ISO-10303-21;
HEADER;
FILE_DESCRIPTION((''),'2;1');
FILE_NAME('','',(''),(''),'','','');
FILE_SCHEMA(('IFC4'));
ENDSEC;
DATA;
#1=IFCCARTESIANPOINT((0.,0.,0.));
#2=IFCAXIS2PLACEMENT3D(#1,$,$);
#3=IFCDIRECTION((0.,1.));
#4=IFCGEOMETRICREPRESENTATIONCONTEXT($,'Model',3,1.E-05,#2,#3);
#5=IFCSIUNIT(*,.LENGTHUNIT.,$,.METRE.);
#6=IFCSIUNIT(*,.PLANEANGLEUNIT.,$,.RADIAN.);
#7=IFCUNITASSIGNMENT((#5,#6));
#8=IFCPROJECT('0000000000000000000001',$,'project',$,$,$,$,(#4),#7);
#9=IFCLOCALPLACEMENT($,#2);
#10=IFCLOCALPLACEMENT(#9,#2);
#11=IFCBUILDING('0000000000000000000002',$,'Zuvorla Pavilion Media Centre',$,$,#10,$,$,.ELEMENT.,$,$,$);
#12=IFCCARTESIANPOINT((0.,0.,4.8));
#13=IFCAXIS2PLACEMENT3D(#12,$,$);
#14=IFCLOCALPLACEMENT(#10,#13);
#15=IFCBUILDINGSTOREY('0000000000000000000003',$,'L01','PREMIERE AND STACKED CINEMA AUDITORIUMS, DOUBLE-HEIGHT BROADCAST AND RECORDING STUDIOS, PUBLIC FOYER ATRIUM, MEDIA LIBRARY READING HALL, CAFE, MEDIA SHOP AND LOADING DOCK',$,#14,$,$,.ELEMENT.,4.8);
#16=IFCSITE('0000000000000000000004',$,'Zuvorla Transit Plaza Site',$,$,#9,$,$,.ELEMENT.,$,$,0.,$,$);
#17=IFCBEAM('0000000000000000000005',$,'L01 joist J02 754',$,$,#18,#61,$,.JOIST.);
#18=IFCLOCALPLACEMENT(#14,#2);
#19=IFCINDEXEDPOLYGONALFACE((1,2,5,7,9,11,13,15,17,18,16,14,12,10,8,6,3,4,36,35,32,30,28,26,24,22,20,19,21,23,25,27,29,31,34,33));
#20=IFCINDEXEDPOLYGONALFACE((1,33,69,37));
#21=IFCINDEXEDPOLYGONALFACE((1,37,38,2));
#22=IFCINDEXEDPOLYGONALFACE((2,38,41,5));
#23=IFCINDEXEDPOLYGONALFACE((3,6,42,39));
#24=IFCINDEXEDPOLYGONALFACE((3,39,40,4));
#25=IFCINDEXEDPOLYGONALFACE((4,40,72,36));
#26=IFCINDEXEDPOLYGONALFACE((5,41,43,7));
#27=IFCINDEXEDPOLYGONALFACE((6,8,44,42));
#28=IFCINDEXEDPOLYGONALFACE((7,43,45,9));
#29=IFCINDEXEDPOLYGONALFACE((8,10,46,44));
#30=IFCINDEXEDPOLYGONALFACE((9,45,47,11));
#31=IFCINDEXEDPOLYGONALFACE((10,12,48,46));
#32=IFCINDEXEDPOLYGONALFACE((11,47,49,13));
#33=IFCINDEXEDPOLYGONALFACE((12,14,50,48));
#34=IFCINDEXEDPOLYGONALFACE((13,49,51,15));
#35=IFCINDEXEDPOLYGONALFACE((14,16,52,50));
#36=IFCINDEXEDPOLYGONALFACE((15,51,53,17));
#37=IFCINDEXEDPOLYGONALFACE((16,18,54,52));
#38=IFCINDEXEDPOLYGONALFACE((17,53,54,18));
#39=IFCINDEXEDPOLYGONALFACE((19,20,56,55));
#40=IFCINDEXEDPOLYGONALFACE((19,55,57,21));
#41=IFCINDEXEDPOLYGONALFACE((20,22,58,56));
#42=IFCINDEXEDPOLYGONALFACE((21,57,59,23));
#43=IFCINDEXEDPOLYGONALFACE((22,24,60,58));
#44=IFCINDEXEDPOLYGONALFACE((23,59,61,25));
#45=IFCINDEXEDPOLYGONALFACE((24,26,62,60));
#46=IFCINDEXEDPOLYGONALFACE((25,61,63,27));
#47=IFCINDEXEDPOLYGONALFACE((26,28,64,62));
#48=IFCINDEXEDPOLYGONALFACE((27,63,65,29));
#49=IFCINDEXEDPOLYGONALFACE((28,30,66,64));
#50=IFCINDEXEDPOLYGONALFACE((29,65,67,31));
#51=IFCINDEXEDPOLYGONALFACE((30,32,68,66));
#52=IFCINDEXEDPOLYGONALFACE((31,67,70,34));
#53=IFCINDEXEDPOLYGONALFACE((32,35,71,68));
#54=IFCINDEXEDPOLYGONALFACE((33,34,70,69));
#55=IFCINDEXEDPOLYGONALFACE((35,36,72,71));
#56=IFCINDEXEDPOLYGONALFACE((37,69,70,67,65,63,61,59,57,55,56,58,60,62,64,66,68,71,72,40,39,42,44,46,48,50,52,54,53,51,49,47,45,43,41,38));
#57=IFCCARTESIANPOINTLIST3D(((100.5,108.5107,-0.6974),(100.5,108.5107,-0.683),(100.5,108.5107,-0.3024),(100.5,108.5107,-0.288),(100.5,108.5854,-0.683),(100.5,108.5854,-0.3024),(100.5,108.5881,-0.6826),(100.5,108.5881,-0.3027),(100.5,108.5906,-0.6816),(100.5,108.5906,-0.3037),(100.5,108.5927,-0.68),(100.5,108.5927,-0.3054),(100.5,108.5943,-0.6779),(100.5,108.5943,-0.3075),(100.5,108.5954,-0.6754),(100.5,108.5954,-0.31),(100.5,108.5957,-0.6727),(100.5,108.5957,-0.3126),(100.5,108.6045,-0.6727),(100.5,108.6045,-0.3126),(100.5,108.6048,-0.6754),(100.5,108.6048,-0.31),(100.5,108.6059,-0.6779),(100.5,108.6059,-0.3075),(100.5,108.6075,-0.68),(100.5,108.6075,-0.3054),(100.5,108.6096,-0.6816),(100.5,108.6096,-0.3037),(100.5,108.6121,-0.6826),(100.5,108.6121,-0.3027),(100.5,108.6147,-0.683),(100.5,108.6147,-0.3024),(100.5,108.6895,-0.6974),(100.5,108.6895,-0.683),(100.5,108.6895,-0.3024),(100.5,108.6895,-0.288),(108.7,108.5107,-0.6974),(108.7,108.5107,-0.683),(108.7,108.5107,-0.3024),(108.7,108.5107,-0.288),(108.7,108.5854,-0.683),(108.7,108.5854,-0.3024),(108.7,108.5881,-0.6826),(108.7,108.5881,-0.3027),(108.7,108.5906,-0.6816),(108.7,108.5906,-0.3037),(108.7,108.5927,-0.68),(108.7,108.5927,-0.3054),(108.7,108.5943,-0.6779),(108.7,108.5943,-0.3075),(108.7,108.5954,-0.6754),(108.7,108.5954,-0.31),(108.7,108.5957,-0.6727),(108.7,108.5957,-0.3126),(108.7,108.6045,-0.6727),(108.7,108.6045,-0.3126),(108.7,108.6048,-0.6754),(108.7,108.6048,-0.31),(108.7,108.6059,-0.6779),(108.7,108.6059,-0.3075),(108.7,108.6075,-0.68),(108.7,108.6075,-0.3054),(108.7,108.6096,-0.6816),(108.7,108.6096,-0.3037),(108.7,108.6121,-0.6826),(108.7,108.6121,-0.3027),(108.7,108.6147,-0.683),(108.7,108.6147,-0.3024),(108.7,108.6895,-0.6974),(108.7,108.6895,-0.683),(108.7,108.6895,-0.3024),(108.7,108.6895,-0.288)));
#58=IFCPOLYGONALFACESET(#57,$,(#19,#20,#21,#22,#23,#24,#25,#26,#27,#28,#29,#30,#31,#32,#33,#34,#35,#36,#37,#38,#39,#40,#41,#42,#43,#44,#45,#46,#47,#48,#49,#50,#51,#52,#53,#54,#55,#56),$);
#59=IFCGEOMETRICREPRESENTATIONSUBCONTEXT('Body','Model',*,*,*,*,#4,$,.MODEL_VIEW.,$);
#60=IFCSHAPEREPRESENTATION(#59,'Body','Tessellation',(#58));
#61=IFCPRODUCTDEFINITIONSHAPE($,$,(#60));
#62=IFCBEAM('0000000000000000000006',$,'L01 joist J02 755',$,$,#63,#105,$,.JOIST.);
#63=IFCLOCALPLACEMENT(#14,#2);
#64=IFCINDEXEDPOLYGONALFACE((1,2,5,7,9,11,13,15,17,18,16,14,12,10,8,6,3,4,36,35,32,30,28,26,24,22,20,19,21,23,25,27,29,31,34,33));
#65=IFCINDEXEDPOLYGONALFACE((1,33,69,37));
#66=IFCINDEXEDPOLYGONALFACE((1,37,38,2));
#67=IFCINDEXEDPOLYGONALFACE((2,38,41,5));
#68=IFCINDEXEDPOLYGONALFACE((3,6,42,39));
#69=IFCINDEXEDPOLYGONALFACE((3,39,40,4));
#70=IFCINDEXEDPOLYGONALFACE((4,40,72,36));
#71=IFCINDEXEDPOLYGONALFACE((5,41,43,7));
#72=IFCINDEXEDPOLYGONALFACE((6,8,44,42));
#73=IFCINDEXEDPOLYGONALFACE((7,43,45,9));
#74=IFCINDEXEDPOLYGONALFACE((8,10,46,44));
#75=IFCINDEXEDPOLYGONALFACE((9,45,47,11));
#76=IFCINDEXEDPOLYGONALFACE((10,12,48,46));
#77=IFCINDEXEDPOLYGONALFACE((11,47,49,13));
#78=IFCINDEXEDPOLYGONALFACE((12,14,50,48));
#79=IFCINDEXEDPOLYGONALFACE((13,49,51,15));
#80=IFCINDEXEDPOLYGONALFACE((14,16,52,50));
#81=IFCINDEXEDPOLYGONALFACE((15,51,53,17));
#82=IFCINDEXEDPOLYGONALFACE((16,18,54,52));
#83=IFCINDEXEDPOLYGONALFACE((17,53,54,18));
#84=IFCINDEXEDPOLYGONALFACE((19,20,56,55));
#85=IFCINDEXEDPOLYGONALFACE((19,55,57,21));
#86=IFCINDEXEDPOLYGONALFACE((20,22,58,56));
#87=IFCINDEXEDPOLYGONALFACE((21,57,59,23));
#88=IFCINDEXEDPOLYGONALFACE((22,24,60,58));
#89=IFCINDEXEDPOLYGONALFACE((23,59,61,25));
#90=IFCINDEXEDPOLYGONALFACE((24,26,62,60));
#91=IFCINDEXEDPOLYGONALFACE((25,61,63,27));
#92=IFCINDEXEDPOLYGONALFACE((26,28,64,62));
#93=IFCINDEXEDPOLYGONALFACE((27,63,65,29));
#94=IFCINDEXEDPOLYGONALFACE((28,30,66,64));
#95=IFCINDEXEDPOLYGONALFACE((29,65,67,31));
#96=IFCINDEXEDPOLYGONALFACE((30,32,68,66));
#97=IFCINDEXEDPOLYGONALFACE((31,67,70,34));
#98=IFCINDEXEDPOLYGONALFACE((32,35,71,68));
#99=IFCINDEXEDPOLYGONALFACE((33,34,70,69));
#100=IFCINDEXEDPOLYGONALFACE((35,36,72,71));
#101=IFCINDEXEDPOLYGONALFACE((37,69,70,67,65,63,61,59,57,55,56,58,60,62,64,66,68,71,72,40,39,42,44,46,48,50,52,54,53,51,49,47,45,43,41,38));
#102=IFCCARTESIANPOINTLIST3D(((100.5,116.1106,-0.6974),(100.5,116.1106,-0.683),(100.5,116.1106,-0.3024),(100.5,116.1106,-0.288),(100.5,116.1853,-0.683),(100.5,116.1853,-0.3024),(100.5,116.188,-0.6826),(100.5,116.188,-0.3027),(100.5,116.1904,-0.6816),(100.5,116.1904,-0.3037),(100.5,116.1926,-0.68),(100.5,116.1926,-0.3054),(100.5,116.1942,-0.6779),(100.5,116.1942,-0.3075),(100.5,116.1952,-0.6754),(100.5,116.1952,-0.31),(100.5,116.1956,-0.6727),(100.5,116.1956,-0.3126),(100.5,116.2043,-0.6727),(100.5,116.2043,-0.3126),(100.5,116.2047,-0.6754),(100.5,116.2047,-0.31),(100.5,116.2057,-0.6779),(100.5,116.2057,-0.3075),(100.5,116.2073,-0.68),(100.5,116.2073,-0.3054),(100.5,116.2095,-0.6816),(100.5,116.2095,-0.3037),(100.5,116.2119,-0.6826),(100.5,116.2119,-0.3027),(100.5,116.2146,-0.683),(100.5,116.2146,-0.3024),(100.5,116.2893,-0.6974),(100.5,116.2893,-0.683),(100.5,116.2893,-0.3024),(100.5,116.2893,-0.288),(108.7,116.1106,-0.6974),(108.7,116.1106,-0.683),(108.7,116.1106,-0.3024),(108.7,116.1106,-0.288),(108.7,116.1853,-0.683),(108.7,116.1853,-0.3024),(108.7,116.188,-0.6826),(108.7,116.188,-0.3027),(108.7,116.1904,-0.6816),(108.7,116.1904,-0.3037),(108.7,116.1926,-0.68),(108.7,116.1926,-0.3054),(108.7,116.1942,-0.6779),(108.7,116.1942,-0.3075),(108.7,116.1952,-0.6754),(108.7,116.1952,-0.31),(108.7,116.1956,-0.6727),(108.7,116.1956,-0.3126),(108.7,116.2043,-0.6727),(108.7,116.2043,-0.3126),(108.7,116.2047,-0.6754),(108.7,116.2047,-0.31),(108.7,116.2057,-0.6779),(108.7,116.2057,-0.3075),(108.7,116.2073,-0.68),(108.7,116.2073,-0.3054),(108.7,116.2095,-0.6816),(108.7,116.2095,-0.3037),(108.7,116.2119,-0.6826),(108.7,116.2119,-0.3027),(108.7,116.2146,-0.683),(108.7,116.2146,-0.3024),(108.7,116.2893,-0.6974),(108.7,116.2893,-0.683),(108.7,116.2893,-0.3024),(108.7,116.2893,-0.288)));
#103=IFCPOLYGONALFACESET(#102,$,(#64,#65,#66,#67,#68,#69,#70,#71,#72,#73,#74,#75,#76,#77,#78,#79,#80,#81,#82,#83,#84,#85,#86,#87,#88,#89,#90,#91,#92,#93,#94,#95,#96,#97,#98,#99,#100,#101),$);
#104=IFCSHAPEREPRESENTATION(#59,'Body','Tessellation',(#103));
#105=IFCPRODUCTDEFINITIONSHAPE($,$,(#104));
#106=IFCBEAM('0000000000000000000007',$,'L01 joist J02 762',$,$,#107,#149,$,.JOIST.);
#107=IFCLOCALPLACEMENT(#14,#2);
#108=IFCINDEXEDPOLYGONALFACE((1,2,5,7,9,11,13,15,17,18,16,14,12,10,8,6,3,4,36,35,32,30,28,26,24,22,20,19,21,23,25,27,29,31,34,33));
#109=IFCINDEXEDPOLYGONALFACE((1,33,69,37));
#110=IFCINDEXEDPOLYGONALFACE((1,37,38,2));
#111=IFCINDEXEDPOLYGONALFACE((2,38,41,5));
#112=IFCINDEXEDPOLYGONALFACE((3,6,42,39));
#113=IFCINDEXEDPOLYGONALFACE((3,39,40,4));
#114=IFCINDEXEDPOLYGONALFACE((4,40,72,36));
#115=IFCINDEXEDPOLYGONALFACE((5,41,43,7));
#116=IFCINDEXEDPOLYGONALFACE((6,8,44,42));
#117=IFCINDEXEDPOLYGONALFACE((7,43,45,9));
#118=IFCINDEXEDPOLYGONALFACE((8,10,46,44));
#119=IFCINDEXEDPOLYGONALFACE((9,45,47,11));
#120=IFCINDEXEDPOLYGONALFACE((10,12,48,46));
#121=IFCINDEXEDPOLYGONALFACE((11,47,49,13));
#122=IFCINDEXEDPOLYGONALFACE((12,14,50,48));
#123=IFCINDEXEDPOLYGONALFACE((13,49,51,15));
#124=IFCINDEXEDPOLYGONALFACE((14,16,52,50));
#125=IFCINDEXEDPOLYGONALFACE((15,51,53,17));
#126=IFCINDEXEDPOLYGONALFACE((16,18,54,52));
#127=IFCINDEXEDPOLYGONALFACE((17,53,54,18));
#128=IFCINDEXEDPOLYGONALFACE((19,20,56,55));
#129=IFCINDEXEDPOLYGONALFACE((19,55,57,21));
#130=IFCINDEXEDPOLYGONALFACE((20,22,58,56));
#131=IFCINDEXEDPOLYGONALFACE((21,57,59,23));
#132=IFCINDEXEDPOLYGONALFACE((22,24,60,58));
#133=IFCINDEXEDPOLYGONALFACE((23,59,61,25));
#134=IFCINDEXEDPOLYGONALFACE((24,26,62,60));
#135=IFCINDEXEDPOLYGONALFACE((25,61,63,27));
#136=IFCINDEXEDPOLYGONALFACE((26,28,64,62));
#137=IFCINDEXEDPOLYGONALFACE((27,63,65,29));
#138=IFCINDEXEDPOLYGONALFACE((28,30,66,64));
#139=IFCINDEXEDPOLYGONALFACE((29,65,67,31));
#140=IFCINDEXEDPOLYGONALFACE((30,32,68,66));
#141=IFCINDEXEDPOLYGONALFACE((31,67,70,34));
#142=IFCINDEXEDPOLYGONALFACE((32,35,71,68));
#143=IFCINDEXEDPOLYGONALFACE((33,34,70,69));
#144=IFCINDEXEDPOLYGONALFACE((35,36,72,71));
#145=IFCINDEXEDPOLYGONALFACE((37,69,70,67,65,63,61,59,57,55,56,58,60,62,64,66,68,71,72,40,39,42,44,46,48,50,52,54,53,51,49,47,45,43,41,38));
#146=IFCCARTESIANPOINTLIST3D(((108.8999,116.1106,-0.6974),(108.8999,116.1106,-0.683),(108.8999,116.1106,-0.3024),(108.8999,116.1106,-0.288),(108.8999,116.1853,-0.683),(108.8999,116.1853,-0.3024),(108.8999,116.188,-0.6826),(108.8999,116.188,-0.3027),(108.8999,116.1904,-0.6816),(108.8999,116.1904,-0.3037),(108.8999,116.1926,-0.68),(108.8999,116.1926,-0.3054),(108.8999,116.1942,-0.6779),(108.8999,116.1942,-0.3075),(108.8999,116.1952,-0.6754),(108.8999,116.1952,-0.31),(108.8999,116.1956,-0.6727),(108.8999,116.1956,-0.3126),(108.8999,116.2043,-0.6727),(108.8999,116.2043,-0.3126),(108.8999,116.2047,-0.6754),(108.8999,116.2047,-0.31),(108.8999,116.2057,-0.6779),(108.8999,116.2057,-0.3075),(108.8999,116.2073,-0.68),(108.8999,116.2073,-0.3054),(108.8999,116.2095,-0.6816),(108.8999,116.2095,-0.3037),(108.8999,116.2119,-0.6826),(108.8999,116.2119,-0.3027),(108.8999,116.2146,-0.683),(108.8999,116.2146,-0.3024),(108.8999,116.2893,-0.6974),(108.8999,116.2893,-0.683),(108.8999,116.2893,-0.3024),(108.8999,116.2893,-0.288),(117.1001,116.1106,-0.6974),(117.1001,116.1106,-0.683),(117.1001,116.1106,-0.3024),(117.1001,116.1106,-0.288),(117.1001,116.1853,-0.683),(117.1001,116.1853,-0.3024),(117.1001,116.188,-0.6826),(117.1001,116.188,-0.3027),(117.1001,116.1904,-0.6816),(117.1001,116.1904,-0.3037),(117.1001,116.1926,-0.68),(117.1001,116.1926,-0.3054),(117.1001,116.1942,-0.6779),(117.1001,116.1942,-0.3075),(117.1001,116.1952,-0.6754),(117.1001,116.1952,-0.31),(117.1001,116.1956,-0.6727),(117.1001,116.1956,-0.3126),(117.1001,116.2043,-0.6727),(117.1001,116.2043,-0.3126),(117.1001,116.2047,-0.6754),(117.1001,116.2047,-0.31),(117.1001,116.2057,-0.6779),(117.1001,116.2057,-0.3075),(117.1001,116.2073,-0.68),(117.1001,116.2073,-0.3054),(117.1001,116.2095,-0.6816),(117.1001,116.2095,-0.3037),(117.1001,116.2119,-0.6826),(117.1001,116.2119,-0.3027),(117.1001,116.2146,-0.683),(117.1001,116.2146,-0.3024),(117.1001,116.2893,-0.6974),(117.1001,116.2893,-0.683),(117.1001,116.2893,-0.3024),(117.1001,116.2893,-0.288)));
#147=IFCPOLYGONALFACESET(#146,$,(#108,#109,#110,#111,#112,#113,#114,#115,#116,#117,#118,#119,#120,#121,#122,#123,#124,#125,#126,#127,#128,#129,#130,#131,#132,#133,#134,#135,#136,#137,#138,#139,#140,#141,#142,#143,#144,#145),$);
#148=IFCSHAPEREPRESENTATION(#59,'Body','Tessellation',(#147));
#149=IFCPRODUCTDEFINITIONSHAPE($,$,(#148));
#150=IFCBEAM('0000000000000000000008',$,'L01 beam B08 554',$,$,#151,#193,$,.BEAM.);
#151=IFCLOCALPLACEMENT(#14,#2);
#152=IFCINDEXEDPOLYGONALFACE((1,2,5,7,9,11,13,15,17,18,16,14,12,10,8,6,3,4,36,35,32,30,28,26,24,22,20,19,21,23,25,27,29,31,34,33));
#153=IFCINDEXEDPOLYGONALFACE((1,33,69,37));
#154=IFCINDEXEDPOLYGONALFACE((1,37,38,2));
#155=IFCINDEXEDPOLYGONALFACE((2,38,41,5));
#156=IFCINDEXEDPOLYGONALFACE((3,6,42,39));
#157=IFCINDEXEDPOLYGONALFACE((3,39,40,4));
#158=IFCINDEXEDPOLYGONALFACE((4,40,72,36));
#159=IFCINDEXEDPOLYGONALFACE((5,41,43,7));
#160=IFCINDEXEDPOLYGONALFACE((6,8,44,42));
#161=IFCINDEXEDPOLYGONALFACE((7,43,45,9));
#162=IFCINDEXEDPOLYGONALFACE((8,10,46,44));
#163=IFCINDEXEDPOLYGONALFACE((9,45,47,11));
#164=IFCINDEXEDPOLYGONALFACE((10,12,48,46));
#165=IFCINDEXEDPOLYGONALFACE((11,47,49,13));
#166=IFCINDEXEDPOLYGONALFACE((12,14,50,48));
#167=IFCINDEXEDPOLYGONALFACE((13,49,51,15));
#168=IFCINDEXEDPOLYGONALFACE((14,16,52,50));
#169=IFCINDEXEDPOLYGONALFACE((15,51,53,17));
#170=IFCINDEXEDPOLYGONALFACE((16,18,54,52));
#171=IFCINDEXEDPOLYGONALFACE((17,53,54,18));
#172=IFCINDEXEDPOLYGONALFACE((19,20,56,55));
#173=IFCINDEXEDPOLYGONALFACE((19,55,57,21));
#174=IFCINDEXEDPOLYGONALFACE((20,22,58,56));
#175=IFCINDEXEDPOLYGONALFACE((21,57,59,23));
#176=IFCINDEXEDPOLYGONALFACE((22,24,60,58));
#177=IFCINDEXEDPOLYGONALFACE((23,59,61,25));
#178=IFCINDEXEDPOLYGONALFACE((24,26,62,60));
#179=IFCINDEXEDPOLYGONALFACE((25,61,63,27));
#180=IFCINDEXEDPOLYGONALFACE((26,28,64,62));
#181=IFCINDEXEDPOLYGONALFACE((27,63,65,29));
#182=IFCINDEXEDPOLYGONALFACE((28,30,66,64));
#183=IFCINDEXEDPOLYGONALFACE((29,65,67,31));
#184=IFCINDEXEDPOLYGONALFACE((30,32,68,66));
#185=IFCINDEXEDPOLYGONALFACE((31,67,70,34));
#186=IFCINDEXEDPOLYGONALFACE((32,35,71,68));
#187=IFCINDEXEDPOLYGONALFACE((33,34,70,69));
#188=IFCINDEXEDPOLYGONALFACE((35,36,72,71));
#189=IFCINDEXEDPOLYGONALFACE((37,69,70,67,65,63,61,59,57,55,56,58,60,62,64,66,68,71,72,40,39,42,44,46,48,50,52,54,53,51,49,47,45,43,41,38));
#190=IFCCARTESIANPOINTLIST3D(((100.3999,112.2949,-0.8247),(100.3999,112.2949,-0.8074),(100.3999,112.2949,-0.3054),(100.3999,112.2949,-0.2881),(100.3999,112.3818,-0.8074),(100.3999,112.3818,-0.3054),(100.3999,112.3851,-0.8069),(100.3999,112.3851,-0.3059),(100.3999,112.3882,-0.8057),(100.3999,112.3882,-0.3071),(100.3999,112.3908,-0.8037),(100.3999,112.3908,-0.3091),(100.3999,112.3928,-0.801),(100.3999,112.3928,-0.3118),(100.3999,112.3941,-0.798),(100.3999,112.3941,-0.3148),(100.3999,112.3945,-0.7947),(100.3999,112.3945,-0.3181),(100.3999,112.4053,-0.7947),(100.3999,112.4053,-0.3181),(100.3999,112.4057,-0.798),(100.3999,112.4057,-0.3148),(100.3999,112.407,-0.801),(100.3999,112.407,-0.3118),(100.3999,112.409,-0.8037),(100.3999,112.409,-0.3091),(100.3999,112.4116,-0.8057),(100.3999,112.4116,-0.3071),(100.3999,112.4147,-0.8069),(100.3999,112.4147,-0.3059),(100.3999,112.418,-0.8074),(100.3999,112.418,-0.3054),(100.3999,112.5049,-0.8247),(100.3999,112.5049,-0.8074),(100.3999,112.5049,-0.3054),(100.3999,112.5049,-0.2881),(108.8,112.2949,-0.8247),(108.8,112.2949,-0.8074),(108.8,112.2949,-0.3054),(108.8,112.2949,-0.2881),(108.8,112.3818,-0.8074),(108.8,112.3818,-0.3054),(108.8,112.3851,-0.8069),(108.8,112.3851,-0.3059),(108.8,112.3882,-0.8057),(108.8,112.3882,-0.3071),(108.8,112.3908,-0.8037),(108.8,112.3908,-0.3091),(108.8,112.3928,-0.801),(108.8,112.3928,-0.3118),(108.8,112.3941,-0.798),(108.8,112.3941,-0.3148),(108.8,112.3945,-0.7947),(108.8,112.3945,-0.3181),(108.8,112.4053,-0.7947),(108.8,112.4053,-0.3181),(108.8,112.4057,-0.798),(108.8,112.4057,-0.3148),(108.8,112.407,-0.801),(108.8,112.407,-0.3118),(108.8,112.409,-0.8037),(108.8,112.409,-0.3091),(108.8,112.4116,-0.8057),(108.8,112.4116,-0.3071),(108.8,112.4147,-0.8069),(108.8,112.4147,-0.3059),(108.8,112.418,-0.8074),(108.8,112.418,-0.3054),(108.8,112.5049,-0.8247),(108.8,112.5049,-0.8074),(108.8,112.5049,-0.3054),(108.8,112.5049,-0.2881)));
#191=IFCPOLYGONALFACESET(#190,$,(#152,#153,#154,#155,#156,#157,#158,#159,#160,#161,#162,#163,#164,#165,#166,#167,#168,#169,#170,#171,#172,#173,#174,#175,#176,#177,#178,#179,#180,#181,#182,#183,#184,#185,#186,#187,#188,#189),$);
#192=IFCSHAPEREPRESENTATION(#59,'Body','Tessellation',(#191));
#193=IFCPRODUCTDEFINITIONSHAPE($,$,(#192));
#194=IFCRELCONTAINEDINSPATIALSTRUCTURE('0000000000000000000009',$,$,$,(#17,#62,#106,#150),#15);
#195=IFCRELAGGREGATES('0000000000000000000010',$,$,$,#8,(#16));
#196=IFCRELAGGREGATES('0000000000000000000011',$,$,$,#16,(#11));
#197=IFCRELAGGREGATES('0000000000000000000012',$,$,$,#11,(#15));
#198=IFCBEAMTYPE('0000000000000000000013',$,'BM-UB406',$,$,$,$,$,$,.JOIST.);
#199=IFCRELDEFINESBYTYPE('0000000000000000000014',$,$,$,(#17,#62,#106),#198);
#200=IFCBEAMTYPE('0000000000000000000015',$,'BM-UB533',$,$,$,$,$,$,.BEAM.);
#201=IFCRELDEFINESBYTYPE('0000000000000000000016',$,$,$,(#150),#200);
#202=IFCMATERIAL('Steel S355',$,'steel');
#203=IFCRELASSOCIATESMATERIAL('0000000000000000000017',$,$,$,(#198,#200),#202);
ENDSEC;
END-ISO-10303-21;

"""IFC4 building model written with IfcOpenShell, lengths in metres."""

from ifc_helpers import new_model, si_unit, direction, frame, origin, origin_2d, place, context, subcontext, project, spatial, i_section, extrude, material, material_profile, profile_set, type_object, element, save


model = new_model("IFC4")

# Units and contexts
model_context = context("Model", 3, precision=1e-05, world=origin(), true_north=direction((0.0, 1.0)))
body_context = subcontext(model_context, "Body", "Model", "MODEL_VIEW")
ifc_project = project(units=[si_unit("LENGTHUNIT", "METRE"), si_unit("PLANEANGLEUNIT", "RADIAN")], contexts=[model_context])

# Site, building, storey
site_placement = place(None, origin())
site = spatial("IfcSite", under=ifc_project, at=site_placement, Name="Zuvorla Transit Plaza Site", CompositionType="ELEMENT", RefElevation=0.0)
building_placement = place(site_placement, origin())
building = spatial("IfcBuilding", under=site, at=building_placement, Name="Zuvorla Pavilion Media Centre", CompositionType="ELEMENT")
storey_placement = place(building_placement, frame((0.0, 0.0, 4.8)))
storey = spatial("IfcBuildingStorey", under=building, at=storey_placement, Name="L01", Description="PREMIERE AND STACKED CINEMA AUDITORIUMS, DOUBLE-HEIGHT BROADCAST AND RECORDING STUDIOS, PUBLIC FOYER ATRIUM, MEDIA LIBRARY READING HALL, CAFE, MEDIA SHOP AND LOADING DOCK", CompositionType="ELEMENT", Elevation=4.8)

# Beams
ifc_material_1 = material(Name="Steel S355", Category="steel")
ifc_material_profile_1 = material_profile(ifc_material_1, i_section(OverallWidth=0.1787, OverallDepth=0.4094, WebThickness=0.0088, FlangeThickness=0.0144, FilletRadius=0.0103, at=origin_2d()), Name="UB 406x178x67")
ifc_profile_set_1 = profile_set([ifc_material_profile_1], Name="Steel S355")
beam_type_1 = type_object("IfcBeamType", Name="BM-UB406", PredefinedType="JOIST", material=ifc_profile_set_1)
for number, where, z_axis, x_axis, name in (
    (1, (100.5, 108.6001, -0.4927), (1.0, 0.0, 0.0), (0.0, 1.0, 0.0), "L01 joist J02 754"),
    (2, (100.5, 116.2, -0.4927), (1.0, 0.0, 0.0), (0.0, 1.0, 0.0), "L01 joist J02 755"),
):
    element("IfcBeam", number, at=place(storey_placement, frame(where, z_axis=z_axis, x_axis=x_axis)), inside=storey, type_object=beam_type_1, Name=name, PredefinedType="JOIST", context=body_context, shape_type="SweptSolid", body=[
        extrude(i_section(OverallWidth=0.1787, OverallDepth=0.4094, WebThickness=0.0088, FlangeThickness=0.0144, FilletRadius=0.0103, at=origin_2d()), origin(), (0.0, 0.0, 1.0), 8.2),
    ])
beam_1_placement = place(storey_placement, frame((108.8999, 116.2, -0.4927), z_axis=(1.0, 0.0, 0.0), x_axis=(0.0, 1.0, 0.0)))
element("IfcBeam", 3, at=beam_1_placement, inside=storey, type_object=beam_type_1, Name="L01 joist J02 762", PredefinedType="JOIST", context=body_context, shape_type="SweptSolid", body=[
    extrude(i_section(OverallWidth=0.1787, OverallDepth=0.4094, WebThickness=0.0088, FlangeThickness=0.0144, FilletRadius=0.0103, at=origin_2d()), origin(), (0.0, 0.0, 1.0), 8.2002),
])
ifc_material_profile_2 = material_profile(ifc_material_1, i_section(OverallWidth=0.21, OverallDepth=0.5366, WebThickness=0.0107, FlangeThickness=0.0173, FilletRadius=0.0127, at=origin_2d()), Name="UB 533x210x101")
ifc_profile_set_2 = profile_set([ifc_material_profile_2], Name="Steel S355")
beam_type_2 = type_object("IfcBeamType", Name="BM-UB533", PredefinedType="BEAM", material=ifc_profile_set_2)
beam_2_placement = place(storey_placement, frame((100.3999, 112.3999, -0.5564), z_axis=(1.0, 0.0, 0.0), x_axis=(0.0, 1.0, 0.0)))
element("IfcBeam", 4, at=beam_2_placement, inside=storey, type_object=beam_type_2, Name="L01 beam B08 554", PredefinedType="BEAM", context=body_context, shape_type="SweptSolid", body=[
    extrude(i_section(OverallWidth=0.21, OverallDepth=0.5366, WebThickness=0.0107, FlangeThickness=0.0173, FilletRadius=0.0127, at=origin_2d()), origin(), (0.0, 0.0, 1.0), 8.4001),
])

save(model, "model.ifc")
